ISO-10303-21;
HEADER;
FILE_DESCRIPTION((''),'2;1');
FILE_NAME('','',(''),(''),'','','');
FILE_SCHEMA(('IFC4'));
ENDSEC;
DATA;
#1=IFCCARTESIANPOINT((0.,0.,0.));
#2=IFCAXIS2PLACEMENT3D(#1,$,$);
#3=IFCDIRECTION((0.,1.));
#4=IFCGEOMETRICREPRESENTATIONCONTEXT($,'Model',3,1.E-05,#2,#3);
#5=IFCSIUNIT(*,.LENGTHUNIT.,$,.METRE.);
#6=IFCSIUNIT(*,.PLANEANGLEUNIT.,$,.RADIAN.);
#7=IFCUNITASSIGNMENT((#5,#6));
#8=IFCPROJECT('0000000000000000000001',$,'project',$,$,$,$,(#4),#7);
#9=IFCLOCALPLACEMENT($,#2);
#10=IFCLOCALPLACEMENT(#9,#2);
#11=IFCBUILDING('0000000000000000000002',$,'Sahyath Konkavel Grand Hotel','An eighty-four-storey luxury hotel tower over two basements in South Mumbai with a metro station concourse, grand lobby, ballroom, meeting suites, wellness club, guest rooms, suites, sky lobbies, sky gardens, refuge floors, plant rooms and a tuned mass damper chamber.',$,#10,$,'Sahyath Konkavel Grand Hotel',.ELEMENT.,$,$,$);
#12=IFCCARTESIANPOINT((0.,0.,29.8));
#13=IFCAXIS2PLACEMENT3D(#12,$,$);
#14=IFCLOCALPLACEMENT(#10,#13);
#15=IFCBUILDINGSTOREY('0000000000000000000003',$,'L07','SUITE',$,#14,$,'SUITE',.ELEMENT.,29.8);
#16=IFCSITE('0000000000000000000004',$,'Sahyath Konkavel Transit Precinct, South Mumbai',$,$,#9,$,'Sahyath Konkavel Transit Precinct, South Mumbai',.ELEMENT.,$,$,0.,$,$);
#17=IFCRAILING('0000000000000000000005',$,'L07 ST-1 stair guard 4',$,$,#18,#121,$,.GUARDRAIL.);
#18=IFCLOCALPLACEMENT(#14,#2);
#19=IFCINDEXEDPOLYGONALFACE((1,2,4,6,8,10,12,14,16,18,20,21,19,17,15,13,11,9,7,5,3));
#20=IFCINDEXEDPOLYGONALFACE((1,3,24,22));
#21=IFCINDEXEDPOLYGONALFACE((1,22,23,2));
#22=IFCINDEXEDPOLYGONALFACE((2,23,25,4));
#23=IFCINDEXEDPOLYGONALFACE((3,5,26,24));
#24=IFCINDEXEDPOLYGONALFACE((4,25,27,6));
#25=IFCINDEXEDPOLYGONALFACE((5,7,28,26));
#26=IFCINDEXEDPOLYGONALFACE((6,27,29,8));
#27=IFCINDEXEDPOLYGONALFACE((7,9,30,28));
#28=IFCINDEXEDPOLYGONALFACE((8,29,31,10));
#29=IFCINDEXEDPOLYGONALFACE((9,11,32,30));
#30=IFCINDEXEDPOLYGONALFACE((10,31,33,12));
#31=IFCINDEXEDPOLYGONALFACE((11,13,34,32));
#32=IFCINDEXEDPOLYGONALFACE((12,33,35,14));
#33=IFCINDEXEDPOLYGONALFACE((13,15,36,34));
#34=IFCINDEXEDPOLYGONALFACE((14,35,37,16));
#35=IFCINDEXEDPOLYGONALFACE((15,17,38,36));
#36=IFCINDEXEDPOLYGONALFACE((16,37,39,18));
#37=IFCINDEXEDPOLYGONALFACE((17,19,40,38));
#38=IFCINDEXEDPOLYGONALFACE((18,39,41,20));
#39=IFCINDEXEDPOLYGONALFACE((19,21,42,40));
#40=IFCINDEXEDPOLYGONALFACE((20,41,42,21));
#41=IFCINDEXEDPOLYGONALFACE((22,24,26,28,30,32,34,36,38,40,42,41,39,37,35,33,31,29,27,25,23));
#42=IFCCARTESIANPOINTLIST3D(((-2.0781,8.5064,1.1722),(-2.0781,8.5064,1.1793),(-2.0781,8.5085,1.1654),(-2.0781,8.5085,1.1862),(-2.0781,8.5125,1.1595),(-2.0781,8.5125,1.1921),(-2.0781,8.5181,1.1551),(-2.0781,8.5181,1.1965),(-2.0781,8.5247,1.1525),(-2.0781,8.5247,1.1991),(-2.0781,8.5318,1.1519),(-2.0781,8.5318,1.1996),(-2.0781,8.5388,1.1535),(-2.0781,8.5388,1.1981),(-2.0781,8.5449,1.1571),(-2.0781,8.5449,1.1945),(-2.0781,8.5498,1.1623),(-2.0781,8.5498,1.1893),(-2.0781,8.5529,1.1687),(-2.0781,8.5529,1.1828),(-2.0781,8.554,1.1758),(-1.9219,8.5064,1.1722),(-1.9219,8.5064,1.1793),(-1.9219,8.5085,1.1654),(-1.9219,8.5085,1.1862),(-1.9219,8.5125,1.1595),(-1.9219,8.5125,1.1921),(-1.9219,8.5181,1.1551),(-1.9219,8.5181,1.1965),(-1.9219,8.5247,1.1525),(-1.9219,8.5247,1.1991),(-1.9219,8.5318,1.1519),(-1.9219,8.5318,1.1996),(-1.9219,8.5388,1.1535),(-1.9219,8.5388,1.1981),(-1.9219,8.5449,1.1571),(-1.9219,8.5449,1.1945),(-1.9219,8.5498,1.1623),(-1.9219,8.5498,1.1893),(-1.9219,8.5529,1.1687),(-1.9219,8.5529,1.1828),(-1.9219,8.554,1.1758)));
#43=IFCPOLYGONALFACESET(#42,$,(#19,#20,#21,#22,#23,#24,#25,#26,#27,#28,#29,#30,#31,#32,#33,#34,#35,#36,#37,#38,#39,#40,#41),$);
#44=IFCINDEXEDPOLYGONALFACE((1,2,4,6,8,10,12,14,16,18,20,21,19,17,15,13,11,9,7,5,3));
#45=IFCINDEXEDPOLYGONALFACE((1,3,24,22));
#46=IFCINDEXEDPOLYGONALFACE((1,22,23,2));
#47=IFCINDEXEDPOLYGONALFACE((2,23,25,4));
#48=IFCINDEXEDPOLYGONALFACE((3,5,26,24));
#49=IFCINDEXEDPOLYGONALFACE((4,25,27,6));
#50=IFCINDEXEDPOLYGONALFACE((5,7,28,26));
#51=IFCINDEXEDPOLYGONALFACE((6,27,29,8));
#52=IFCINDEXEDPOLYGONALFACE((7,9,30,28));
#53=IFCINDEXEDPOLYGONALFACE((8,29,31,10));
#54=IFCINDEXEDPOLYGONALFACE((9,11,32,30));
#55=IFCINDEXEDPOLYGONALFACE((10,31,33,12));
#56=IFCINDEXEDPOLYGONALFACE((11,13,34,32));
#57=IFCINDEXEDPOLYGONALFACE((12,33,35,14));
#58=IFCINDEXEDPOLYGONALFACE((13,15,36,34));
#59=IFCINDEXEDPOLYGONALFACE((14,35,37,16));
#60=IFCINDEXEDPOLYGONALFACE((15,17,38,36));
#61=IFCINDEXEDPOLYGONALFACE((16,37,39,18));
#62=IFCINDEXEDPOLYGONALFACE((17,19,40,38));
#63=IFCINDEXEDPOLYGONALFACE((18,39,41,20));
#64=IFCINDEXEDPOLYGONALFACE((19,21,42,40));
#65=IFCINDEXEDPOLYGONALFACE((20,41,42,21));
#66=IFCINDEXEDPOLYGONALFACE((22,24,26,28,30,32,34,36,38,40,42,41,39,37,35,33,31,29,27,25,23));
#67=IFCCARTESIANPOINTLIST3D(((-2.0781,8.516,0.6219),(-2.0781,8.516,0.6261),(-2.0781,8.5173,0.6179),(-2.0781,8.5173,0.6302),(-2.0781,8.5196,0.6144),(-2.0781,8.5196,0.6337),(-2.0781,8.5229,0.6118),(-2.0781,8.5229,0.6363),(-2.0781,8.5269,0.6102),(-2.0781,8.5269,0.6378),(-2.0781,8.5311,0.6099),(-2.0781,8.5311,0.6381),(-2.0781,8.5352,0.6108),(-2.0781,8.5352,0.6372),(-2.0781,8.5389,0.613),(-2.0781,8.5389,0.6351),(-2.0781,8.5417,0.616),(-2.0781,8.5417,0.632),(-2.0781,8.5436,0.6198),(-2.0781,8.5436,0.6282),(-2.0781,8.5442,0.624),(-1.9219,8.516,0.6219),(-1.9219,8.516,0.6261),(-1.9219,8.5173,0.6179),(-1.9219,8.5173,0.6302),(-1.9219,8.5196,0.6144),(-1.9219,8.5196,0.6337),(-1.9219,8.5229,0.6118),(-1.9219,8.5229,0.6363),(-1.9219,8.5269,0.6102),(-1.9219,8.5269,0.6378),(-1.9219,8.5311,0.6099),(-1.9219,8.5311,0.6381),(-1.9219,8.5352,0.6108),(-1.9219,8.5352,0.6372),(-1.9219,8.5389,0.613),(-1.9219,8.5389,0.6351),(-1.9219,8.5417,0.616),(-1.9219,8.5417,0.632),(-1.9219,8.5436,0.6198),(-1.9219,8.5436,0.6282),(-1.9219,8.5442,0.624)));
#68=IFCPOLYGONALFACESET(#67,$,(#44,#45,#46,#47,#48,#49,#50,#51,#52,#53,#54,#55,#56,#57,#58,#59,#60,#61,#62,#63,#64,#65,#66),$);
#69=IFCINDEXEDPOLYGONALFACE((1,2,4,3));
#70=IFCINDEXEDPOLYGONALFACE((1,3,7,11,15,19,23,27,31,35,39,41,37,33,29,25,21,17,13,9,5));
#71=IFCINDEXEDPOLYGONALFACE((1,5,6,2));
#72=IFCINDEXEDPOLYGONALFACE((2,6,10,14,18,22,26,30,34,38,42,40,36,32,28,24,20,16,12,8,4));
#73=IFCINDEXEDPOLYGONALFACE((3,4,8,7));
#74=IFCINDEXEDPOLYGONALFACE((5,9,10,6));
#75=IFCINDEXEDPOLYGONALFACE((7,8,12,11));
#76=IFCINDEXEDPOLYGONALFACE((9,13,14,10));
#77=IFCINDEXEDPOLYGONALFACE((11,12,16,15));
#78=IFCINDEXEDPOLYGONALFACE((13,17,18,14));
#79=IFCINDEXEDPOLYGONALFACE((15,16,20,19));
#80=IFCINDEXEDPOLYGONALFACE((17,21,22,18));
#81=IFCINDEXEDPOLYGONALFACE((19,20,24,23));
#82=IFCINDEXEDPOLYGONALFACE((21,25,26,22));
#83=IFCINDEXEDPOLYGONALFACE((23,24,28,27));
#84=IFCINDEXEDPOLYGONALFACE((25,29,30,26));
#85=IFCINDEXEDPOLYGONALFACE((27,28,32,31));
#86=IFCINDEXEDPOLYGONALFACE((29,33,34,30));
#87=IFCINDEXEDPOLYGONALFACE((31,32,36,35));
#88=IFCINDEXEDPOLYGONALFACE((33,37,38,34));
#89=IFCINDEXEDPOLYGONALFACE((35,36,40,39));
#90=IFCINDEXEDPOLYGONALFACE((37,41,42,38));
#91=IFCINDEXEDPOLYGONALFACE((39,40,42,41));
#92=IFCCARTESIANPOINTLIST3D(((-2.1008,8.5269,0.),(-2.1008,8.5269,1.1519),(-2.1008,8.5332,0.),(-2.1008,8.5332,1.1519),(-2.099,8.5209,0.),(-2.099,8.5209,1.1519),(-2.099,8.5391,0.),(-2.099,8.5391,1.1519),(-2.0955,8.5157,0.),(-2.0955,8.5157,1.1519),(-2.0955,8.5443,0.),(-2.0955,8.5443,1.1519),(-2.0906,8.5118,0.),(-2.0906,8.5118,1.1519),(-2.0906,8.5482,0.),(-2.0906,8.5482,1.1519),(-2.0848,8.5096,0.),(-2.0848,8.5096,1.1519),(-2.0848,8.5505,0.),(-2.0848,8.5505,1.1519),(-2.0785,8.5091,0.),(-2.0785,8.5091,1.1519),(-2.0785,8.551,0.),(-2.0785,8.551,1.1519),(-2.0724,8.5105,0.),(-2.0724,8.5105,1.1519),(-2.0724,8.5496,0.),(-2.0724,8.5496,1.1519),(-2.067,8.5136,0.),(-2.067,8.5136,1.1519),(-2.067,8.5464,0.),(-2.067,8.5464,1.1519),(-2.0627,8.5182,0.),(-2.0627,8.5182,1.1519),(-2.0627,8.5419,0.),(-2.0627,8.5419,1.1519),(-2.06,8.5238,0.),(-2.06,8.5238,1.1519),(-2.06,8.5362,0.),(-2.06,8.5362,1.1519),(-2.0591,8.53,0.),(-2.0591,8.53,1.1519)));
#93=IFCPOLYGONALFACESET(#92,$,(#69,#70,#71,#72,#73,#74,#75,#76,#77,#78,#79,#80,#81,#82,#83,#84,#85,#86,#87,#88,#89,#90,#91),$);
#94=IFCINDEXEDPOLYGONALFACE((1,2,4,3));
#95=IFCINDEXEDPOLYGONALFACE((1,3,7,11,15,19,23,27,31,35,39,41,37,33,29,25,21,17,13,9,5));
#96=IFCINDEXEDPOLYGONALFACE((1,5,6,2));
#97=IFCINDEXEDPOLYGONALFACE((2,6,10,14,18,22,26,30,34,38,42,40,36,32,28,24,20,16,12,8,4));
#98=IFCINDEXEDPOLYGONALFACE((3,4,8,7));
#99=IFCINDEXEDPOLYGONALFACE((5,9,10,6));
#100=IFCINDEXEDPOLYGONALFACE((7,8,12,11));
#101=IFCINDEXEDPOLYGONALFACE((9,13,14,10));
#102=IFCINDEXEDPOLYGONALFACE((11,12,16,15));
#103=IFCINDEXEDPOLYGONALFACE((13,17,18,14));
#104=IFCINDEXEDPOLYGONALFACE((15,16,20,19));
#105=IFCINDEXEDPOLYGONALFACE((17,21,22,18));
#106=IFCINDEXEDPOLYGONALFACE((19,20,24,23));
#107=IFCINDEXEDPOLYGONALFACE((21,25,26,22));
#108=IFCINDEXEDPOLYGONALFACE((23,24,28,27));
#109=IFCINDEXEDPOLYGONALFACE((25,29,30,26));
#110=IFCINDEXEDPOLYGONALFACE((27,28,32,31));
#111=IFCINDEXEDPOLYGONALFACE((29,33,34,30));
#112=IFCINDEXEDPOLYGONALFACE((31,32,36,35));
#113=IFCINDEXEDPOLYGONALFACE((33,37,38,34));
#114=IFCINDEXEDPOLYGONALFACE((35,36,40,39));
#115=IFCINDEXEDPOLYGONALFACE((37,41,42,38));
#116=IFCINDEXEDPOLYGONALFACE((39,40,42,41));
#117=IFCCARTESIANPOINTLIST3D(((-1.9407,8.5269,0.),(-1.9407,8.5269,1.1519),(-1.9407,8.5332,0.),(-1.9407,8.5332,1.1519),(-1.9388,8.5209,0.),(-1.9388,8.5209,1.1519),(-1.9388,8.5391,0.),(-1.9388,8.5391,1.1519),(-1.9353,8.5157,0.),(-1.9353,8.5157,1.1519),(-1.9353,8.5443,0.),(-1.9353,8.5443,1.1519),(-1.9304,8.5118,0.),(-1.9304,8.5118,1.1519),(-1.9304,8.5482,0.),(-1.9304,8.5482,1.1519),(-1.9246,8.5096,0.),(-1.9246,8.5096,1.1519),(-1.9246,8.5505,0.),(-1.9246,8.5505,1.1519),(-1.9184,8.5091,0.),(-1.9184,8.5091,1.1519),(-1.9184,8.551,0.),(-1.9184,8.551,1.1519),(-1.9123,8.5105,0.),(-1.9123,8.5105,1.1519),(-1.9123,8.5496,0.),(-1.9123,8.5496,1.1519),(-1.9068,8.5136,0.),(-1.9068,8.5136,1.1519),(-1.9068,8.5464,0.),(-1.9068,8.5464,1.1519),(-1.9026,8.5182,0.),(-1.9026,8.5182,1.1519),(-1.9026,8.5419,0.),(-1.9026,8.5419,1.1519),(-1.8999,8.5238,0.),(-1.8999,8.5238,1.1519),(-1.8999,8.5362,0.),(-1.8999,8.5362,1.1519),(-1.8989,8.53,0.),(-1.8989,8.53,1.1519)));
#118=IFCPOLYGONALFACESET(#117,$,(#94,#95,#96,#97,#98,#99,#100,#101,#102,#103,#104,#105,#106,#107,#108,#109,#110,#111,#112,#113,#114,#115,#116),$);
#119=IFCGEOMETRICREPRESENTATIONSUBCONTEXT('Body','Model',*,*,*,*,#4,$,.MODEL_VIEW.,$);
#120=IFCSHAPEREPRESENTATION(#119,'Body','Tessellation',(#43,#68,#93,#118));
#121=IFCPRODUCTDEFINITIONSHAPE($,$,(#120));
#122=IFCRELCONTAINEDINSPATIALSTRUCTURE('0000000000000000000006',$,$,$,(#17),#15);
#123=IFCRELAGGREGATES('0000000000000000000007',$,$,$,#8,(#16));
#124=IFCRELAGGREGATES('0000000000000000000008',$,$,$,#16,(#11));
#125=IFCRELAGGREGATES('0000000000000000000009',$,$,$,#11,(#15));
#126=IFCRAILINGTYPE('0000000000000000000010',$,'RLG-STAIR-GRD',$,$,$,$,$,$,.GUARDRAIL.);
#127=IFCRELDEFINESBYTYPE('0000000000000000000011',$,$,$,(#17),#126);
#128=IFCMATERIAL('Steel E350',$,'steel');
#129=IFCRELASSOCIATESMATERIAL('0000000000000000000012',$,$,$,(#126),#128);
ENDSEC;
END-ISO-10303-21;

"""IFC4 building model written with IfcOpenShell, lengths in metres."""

from ifc_helpers import new_model, si_unit, direction, frame, origin, origin_2d, place, context, subcontext, project, spatial, circle, extrude, material, type_object, element, save


model = new_model("IFC4")

# Units and contexts
model_context = context("Model", 3, precision=1e-05, world=origin(), true_north=direction((0.0, 1.0)))
body_context = subcontext(model_context, "Body", "Model", "MODEL_VIEW")
ifc_project = project(units=[si_unit("LENGTHUNIT", "METRE"), si_unit("PLANEANGLEUNIT", "RADIAN")], contexts=[model_context])

# Site, building, storey
site_placement = place(None, origin())
site = spatial("IfcSite", under=ifc_project, at=site_placement, Name="Sahyath Konkavel Transit Precinct, South Mumbai", LongName="Sahyath Konkavel Transit Precinct, South Mumbai", CompositionType="ELEMENT", RefElevation=0.0)
building_placement = place(site_placement, origin())
building = spatial("IfcBuilding", under=site, at=building_placement, Name="Sahyath Konkavel Grand Hotel", Description="An eighty-four-storey luxury hotel tower over two basements in South Mumbai with a metro station concourse, grand lobby, ballroom, meeting suites, wellness club, guest rooms, suites, sky lobbies, sky gardens, refuge floors, plant rooms and a tuned mass damper chamber.", LongName="Sahyath Konkavel Grand Hotel", CompositionType="ELEMENT")
storey_placement = place(building_placement, frame((0.0, 0.0, 29.8)))
storey = spatial("IfcBuildingStorey", under=building, at=storey_placement, Name="L07", Description="SUITE", LongName="SUITE", CompositionType="ELEMENT", Elevation=29.8)

# Shared definitions
ifc_material_1 = material(Name="Steel E350", Category="steel")

# Railing
railing_type_1 = type_object("IfcRailingType", Name="RLG-STAIR-GRD", PredefinedType="GUARDRAIL", material=ifc_material_1)
railing_1_placement = place(storey_placement, frame((-2.0801, 8.53, 0.0)))
element("IfcRailing", 1, at=railing_1_placement, inside=storey, type_object=railing_type_1, Name="L07 ST-1 stair guard 4", PredefinedType="GUARDRAIL", context=body_context, shape_type="SweptSolid", body=[
    extrude(circle(Radius=0.0239, at=origin_2d()), frame((0.002, 0.0, 1.1758), z_axis=(1.0, 0.0, 0.0), x_axis=(0.0, 1.0, 0.0)), (0.0, 0.0, 1.0), 0.1562),
    extrude(circle(Radius=0.0142, at=origin_2d()), frame((0.002, 0.0, 0.624), z_axis=(1.0, 0.0, 0.0), x_axis=(0.0, 1.0, 0.0)), (0.0, 0.0, 1.0), 0.1562),
    extrude(circle(Radius=0.021, at=origin_2d()), origin(), (0.0, 0.0, 1.0), 1.1519),
    extrude(circle(Radius=0.021, at=origin_2d()), frame((0.1602, 0.0, 0.0)), (0.0, 0.0, 1.0), 1.1519),
])

save(model, "model.ifc")
